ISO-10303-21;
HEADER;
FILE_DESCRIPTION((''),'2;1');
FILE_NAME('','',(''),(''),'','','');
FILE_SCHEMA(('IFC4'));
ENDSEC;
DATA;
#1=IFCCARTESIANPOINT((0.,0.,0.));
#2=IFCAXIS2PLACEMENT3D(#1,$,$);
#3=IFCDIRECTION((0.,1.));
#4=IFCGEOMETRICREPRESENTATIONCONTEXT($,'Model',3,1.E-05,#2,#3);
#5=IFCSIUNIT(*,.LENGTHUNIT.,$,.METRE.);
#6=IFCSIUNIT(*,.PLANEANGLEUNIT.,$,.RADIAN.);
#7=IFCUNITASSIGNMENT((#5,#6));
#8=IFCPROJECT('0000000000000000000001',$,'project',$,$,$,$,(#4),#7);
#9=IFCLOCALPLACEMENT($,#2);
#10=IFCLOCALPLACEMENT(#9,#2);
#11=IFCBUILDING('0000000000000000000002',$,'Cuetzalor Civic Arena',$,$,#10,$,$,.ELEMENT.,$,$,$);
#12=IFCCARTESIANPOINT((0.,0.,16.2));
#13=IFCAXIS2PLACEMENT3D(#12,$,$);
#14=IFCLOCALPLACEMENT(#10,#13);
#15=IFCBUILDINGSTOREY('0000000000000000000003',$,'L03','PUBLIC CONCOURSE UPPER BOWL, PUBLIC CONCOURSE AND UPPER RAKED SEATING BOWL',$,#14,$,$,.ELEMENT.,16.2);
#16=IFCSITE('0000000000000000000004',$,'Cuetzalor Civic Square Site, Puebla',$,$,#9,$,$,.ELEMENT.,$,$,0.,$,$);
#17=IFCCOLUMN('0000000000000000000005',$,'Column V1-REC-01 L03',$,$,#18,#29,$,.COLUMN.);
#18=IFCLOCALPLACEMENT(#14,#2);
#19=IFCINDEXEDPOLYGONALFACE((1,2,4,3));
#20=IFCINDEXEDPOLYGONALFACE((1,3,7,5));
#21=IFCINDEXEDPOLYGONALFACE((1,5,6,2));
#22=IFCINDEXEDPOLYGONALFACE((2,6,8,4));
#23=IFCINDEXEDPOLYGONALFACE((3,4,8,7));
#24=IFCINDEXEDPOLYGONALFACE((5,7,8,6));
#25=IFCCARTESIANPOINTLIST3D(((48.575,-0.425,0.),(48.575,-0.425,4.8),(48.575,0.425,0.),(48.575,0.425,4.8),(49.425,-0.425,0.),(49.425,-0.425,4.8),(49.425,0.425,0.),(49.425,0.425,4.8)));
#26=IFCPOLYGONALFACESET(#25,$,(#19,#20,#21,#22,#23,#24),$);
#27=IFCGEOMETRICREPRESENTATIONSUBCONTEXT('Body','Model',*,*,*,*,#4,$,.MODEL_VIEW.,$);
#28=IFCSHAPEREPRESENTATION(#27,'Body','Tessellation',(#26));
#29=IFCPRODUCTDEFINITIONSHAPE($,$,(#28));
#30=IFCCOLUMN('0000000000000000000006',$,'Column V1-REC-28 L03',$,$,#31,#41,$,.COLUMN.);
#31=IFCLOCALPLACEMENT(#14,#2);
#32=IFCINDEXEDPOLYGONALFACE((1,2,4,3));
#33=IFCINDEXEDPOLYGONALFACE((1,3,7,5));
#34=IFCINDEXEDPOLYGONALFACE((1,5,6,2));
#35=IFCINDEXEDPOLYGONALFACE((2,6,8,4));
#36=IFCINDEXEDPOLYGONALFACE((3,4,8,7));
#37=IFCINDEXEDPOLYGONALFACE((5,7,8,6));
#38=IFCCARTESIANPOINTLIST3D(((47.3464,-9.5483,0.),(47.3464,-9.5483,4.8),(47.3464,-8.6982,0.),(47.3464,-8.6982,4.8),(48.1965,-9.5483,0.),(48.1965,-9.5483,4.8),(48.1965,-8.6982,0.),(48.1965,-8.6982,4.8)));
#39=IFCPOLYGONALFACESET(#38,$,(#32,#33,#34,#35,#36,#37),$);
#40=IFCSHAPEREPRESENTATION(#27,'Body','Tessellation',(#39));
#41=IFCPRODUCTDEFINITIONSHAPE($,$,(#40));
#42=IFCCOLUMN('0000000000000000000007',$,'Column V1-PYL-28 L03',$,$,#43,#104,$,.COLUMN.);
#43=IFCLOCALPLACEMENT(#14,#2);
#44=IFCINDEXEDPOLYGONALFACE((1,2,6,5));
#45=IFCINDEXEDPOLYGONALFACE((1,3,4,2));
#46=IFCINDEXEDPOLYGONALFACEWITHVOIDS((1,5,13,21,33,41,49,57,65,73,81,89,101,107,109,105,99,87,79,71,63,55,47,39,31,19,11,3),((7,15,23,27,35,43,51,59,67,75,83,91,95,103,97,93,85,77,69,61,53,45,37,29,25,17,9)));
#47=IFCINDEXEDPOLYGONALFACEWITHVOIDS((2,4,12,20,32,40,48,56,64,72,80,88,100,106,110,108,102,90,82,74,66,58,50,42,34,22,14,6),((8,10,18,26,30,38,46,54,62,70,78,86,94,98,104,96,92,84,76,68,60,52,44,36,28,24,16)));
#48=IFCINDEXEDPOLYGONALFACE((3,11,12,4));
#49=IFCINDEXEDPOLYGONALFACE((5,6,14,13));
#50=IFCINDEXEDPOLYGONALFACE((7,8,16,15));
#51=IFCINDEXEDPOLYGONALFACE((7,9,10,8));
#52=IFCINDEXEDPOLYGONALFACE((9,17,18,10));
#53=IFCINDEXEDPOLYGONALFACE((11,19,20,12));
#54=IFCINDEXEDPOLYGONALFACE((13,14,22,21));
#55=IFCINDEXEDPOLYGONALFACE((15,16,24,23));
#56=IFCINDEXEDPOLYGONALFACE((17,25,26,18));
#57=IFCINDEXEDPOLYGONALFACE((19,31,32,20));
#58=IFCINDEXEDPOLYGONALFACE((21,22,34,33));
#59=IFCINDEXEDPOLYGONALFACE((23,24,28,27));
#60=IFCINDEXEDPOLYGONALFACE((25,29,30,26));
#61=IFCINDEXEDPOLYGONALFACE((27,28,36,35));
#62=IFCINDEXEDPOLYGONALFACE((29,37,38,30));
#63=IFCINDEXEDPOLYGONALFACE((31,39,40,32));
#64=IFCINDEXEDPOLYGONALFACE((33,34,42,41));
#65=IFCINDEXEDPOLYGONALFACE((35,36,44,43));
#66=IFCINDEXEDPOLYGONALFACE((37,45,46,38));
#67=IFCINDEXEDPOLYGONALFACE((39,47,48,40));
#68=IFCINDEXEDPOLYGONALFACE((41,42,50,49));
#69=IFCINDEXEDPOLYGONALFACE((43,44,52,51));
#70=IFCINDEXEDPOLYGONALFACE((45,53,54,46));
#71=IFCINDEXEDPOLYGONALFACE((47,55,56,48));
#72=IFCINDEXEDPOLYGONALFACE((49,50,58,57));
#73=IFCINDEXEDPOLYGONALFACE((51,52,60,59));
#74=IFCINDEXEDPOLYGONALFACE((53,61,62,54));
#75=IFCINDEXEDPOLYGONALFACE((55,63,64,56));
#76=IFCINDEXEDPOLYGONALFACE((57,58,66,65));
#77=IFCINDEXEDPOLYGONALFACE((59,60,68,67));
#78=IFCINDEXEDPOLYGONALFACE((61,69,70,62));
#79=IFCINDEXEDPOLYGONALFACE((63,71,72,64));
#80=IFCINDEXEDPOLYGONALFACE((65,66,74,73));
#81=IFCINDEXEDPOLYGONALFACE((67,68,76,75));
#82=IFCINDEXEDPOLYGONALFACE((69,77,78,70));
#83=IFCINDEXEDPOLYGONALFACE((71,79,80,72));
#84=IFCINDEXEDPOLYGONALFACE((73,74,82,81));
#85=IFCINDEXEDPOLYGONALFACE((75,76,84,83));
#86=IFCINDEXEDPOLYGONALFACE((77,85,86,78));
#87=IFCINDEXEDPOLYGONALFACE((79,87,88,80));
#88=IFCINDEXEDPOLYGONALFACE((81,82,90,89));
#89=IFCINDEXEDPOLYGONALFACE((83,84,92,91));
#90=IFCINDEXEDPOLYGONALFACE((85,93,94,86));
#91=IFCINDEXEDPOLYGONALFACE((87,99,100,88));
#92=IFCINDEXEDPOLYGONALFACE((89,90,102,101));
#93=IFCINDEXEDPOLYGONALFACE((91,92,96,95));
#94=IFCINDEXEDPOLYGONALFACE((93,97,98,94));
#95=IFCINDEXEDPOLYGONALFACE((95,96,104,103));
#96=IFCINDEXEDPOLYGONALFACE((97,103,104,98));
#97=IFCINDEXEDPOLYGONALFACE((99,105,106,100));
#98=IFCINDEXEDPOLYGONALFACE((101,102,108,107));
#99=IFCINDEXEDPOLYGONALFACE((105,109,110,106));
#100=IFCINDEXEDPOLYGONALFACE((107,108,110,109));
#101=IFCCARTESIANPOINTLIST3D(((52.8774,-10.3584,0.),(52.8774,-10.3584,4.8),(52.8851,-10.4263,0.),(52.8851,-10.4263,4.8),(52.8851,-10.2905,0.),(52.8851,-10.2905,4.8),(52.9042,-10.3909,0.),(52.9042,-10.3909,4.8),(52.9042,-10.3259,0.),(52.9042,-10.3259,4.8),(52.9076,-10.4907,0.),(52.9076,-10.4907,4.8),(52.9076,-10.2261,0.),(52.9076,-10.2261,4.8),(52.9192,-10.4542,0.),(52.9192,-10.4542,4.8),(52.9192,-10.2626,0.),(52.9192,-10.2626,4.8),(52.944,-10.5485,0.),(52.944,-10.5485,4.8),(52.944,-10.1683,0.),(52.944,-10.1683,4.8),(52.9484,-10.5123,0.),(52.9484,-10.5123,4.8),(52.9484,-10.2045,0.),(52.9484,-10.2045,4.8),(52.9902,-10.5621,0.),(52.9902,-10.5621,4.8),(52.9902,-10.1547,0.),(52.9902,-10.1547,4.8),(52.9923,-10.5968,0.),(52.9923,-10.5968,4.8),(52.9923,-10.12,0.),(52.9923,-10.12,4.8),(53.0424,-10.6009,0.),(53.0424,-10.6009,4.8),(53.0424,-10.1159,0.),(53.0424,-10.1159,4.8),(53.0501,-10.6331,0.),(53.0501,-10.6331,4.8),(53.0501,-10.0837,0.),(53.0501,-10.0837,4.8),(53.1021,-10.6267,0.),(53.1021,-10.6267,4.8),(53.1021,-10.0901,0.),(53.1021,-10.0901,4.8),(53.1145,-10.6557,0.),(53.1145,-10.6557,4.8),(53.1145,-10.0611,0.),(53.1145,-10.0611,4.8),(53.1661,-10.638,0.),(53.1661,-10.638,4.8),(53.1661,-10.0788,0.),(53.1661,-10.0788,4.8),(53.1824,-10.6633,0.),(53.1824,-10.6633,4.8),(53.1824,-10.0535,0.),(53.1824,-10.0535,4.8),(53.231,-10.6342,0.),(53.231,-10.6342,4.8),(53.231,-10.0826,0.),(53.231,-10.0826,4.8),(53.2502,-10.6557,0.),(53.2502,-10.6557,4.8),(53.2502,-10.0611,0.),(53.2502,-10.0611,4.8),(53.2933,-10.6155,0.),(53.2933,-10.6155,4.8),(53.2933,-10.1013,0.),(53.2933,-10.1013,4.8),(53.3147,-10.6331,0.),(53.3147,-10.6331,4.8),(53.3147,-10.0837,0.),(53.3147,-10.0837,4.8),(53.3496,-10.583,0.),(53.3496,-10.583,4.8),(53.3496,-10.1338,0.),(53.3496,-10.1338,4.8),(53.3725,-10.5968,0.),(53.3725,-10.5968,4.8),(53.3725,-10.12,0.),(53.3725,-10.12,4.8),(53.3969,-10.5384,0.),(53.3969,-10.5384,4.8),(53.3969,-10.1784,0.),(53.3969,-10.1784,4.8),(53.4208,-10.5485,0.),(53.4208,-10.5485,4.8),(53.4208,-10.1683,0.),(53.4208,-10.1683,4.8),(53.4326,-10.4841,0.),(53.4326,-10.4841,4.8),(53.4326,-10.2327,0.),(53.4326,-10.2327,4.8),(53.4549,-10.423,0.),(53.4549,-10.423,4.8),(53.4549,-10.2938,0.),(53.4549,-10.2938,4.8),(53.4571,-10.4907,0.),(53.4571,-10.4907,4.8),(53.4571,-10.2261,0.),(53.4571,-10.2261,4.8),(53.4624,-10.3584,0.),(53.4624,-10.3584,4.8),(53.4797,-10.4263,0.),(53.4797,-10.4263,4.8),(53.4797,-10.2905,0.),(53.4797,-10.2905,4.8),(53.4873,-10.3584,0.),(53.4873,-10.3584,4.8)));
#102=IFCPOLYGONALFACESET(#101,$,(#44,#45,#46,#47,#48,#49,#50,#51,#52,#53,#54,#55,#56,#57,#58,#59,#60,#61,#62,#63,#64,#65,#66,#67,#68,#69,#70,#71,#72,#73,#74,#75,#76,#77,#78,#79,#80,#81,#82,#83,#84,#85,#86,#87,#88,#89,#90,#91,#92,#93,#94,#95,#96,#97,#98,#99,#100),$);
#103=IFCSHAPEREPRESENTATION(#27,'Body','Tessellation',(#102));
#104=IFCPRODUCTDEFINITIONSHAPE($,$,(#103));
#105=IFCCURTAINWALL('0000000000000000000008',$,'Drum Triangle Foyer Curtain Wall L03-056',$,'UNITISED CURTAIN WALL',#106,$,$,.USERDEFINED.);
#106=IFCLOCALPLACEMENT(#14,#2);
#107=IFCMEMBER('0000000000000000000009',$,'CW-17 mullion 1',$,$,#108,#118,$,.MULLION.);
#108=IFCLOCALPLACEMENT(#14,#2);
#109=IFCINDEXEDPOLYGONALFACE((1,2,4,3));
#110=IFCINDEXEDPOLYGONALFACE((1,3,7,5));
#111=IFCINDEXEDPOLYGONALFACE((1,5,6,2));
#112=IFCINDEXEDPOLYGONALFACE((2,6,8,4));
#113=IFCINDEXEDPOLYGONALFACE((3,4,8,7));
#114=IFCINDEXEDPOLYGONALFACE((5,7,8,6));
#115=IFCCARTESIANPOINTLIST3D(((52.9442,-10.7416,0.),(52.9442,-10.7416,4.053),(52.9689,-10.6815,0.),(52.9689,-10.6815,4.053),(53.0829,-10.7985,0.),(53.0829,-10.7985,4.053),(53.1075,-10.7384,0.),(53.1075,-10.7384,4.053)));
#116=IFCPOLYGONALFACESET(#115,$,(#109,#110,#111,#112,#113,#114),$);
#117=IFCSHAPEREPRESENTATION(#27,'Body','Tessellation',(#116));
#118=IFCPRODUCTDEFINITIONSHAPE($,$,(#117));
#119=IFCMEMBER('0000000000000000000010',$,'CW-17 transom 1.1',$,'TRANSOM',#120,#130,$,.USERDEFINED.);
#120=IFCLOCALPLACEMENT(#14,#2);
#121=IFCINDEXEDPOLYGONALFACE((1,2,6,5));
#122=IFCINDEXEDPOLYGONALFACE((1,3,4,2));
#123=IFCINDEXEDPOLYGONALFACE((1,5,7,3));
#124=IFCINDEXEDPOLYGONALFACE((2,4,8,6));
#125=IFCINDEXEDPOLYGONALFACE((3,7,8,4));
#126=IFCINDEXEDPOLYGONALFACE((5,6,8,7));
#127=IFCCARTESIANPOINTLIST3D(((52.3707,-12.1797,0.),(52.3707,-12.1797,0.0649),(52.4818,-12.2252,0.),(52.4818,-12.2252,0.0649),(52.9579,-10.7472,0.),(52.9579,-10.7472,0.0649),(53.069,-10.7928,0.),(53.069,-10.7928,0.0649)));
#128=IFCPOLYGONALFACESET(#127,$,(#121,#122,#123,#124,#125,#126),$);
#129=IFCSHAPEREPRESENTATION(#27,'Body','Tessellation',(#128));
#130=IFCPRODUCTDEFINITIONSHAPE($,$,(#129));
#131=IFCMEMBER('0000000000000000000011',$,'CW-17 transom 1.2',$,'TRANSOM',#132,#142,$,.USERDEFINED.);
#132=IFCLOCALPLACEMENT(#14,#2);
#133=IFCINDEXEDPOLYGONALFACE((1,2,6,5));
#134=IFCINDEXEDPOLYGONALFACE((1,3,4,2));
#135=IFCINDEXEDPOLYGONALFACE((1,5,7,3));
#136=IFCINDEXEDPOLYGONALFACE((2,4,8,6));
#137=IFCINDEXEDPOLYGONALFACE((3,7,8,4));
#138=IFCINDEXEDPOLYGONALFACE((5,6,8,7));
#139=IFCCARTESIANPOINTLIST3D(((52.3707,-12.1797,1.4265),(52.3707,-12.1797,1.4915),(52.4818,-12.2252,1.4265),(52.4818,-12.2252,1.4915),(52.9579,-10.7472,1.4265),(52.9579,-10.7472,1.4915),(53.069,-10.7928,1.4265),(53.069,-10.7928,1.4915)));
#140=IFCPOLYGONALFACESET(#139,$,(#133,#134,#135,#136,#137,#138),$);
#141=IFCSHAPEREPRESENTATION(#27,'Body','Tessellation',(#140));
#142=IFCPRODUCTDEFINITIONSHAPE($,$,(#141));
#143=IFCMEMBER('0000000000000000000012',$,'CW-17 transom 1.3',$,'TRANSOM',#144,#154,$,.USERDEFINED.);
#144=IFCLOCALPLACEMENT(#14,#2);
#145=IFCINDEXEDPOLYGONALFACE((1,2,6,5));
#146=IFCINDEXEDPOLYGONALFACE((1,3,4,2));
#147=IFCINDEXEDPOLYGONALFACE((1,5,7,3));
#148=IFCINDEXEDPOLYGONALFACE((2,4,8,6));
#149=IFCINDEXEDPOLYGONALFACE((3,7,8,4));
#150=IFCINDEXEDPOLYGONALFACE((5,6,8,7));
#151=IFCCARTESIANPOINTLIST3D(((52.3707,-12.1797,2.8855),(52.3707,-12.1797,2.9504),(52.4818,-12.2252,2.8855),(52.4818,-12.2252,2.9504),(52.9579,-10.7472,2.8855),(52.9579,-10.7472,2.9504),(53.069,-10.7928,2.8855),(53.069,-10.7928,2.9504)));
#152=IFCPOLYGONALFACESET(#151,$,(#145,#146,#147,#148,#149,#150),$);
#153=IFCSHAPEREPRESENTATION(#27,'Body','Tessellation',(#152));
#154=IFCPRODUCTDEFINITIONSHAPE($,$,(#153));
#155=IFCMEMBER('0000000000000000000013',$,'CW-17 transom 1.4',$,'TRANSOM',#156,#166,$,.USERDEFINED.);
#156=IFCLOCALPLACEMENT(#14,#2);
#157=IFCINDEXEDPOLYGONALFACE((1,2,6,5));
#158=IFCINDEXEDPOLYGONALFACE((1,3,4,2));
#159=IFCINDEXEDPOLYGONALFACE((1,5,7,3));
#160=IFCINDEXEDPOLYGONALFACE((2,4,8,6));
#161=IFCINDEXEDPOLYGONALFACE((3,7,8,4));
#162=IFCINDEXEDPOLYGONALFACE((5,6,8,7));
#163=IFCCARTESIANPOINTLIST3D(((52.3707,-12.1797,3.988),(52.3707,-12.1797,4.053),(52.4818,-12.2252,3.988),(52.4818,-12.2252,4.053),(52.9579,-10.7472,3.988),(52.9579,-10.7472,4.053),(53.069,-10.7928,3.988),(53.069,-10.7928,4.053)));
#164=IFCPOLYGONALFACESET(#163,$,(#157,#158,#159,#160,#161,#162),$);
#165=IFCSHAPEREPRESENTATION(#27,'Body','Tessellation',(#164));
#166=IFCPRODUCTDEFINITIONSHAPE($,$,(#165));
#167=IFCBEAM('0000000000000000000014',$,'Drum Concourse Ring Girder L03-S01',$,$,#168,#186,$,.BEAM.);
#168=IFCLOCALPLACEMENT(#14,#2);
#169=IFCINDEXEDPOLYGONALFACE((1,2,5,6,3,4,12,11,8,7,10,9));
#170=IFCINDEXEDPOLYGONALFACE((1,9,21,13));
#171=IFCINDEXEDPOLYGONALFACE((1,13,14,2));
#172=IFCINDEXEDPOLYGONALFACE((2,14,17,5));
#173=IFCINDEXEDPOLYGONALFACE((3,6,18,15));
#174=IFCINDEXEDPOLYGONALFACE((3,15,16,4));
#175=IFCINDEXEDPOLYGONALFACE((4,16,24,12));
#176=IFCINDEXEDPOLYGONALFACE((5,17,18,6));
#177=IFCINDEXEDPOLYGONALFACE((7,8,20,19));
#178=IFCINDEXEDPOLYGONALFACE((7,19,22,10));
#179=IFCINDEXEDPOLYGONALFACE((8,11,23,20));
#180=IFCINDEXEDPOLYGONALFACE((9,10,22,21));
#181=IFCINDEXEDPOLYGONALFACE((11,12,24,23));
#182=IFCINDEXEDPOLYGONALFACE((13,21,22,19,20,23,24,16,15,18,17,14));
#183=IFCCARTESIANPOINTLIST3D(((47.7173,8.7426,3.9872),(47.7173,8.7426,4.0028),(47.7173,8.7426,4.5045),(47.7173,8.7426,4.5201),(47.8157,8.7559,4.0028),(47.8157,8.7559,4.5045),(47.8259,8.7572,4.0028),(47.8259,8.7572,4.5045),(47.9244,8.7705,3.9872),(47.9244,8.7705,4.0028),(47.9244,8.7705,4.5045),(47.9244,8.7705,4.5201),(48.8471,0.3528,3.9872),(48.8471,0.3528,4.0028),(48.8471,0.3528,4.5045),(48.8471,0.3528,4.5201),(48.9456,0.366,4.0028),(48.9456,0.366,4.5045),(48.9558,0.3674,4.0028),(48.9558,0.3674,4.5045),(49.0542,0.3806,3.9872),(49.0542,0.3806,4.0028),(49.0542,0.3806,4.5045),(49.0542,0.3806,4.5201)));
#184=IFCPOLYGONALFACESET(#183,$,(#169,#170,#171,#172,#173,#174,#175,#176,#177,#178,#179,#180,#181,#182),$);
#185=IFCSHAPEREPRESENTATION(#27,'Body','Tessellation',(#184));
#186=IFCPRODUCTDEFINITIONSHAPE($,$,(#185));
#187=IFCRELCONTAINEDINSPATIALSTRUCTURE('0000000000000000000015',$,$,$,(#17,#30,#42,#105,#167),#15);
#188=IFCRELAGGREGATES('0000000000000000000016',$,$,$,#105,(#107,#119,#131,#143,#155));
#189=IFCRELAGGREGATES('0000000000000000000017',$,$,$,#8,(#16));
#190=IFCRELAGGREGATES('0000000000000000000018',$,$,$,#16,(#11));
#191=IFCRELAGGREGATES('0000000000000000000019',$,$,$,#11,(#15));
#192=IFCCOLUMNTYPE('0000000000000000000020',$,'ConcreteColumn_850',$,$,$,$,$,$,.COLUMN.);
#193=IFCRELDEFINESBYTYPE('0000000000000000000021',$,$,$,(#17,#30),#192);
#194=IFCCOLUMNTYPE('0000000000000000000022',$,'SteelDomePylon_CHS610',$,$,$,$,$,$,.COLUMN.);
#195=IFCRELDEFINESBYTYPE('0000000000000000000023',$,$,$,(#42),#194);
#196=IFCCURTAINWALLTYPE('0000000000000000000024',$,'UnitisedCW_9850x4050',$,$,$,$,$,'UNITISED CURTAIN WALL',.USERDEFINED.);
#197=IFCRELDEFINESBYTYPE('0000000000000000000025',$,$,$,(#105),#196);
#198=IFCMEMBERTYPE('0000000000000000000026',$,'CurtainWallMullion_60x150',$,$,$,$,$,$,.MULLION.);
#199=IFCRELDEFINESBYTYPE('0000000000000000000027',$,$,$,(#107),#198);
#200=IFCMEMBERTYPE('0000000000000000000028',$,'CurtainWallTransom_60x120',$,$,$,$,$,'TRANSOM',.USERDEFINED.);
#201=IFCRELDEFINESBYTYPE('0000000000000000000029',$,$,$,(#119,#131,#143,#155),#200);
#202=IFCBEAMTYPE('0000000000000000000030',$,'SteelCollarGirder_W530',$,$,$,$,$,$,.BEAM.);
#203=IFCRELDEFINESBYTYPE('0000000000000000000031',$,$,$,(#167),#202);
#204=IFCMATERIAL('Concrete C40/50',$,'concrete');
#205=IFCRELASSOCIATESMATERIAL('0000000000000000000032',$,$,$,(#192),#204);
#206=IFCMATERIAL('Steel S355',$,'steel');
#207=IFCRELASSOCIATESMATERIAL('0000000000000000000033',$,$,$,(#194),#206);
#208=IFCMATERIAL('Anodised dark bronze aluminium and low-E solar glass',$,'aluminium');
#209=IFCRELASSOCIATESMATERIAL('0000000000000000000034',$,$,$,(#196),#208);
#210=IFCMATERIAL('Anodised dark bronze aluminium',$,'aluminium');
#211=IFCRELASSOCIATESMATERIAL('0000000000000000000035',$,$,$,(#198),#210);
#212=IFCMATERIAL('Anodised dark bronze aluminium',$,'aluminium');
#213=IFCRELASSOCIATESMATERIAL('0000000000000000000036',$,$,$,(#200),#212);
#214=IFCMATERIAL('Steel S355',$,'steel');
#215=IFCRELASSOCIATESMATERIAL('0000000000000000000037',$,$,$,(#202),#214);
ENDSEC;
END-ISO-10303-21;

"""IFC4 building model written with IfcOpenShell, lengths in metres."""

from ifc_helpers import new_model, si_unit, direction, frame, origin, origin_2d, place, context, subcontext, project, spatial, rectangle, hollow_circle, i_section, extrude, material, material_profile, profile_set, type_object, element, aggregate, save


model = new_model("IFC4")

# Units and contexts
model_context = context("Model", 3, precision=1e-05, world=origin(), true_north=direction((0.0, 1.0)))
body_context = subcontext(model_context, "Body", "Model", "MODEL_VIEW")
ifc_project = project(units=[si_unit("LENGTHUNIT", "METRE"), si_unit("PLANEANGLEUNIT", "RADIAN")], contexts=[model_context])

# Site, building, storey
site_placement = place(None, origin())
site = spatial("IfcSite", under=ifc_project, at=site_placement, Name="Cuetzalor Civic Square Site, Puebla", CompositionType="ELEMENT", RefElevation=0.0)
building_placement = place(site_placement, origin())
building = spatial("IfcBuilding", under=site, at=building_placement, Name="Cuetzalor Civic Arena", CompositionType="ELEMENT")
storey_placement = place(building_placement, frame((0.0, 0.0, 16.2)))
storey = spatial("IfcBuildingStorey", under=building, at=storey_placement, Name="L03", Description="PUBLIC CONCOURSE UPPER BOWL, PUBLIC CONCOURSE AND UPPER RAKED SEATING BOWL", CompositionType="ELEMENT", Elevation=16.2)

# Columns
ifc_material_1 = material(Name="Concrete C40/50", Category="concrete")
ifc_material_profile_1 = material_profile(ifc_material_1, rectangle(XDim=0.8501, YDim=0.8501, at=origin_2d()), Name="RC 850x850")
ifc_profile_set_1 = profile_set([ifc_material_profile_1], Name="Concrete C40/50")
column_type_1 = type_object("IfcColumnType", Name="ConcreteColumn_850", PredefinedType="COLUMN", material=ifc_profile_set_1)
for number, where, z_axis, x_axis, name in (
    (1, (49.0, 0.0, 0.0), (0.0, 0.0, 1.0), (1.0, 0.0, 0.0), "Column V1-REC-01 L03"),
    (2, (47.7715, -9.1233, 0.0), (0.0, 0.0, 1.0), (1.0, 0.0, 0.0), "Column V1-REC-28 L03"),
):
    element("IfcColumn", number, at=place(storey_placement, frame(where, z_axis=z_axis, x_axis=x_axis)), inside=storey, type_object=column_type_1, Name=name, PredefinedType="COLUMN", context=body_context, shape_type="SweptSolid", body=[
        extrude(rectangle(XDim=0.8501, YDim=0.8501, at=origin_2d()), origin(), (0.0, 0.0, 1.0), 4.8),
    ])
ifc_material_2 = material(Name="Steel S355", Category="steel")
ifc_material_profile_2 = material_profile(ifc_material_2, hollow_circle(Radius=0.3049, WallThickness=0.0249, at=origin_2d()), Name="CHS 610x25")
ifc_profile_set_2 = profile_set([ifc_material_profile_2], Name="Steel S355")
column_type_2 = type_object("IfcColumnType", Name="SteelDomePylon_CHS610", PredefinedType="COLUMN", material=ifc_profile_set_2)
column_placement = place(storey_placement, frame((53.1824, -10.3584, 0.0), z_axis=(0.0, 0.0, 1.0), x_axis=(1.0, 0.0, 0.0)))
element("IfcColumn", 3, at=column_placement, inside=storey, type_object=column_type_2, Name="Column V1-PYL-28 L03", PredefinedType="COLUMN", context=body_context, shape_type="SweptSolid", body=[
    extrude(hollow_circle(Radius=0.3049, WallThickness=0.0249, at=origin_2d()), origin(), (0.0, 0.0, 1.0), 4.8),
])

# Curtain wall, members
ifc_material_3 = material(Name="Anodised dark bronze aluminium and low-E solar glass", Category="aluminium")
curtain_wall_type = type_object("IfcCurtainWallType", Name="UnitisedCW_9850x4050", ElementType="UNITISED CURTAIN WALL", PredefinedType="USERDEFINED", material=ifc_material_3)
curtain_wall_placement = place(storey_placement, origin())
curtain_wall = element("IfcCurtainWall", 4, at=curtain_wall_placement, inside=storey, type_object=curtain_wall_type, Name="Drum Triangle Foyer Curtain Wall L03-056", ObjectType="UNITISED CURTAIN WALL", PredefinedType="USERDEFINED")
ifc_material_4 = material(Name="Anodised dark bronze aluminium", Category="aluminium")
ifc_material_profile_3 = material_profile(ifc_material_4, rectangle(XDim=0.0649, YDim=0.1499, at=origin_2d()), Name="ALU MULLION 65x150")
ifc_profile_set_3 = profile_set([ifc_material_profile_3], Name="Anodised dark bronze aluminium")
member_type_1 = type_object("IfcMemberType", Name="CurtainWallMullion_60x150", PredefinedType="MULLION", material=ifc_profile_set_3)
member_1_placement = place(storey_placement, frame((53.0259, -10.74, 0.0), z_axis=(0.0, 0.0, 1.0), x_axis=(-0.379391, -0.925236, 0.0)))
member_1 = element("IfcMember", 5, at=member_1_placement, type_object=member_type_1, Name="CW-17 mullion 1", PredefinedType="MULLION", context=body_context, shape_type="SweptSolid", body=[
    extrude(rectangle(XDim=0.0649, YDim=0.1499, at=origin_2d()), origin(), (0.0, 0.0, 1.0), 4.053),
])
ifc_material_5 = material(Name="Anodised dark bronze aluminium", Category="aluminium")
ifc_material_profile_4 = material_profile(ifc_material_5, rectangle(XDim=0.1201, YDim=0.0649, at=origin_2d()), Name="ALU TRANSOM 65x120")
ifc_profile_set_4 = profile_set([ifc_material_profile_4], Name="Anodised dark bronze aluminium")
member_type_2 = type_object("IfcMemberType", Name="CurtainWallTransom_60x120", ElementType="TRANSOM", PredefinedType="USERDEFINED", material=ifc_profile_set_4)
member_2_placement = place(storey_placement, frame((53.0134, -10.77, 0.0325), z_axis=(-0.37929, -0.925278, 0.0), x_axis=(0.925278, -0.37929, 0.0)))
member_2 = element("IfcMember", 6, at=member_2_placement, type_object=member_type_2, Name="CW-17 transom 1.1", ObjectType="TRANSOM", PredefinedType="USERDEFINED", context=body_context, shape_type="SweptSolid", body=[
    extrude(rectangle(XDim=0.1201, YDim=0.0649, at=origin_2d()), origin(), (0.0, 0.0, 1.0), 1.5481),
])
member_3_placement = place(storey_placement, frame((53.0134, -10.77, 1.459), z_axis=(-0.37929, -0.925278, 0.0), x_axis=(0.925278, -0.37929, 0.0)))
member_3 = element("IfcMember", 7, at=member_3_placement, type_object=member_type_2, Name="CW-17 transom 1.2", ObjectType="TRANSOM", PredefinedType="USERDEFINED", context=body_context, shape_type="SweptSolid", body=[
    extrude(rectangle(XDim=0.1201, YDim=0.0649, at=origin_2d()), origin(), (0.0, 0.0, 1.0), 1.5481),
])
member_4_placement = place(storey_placement, frame((53.0134, -10.77, 2.918), z_axis=(-0.37929, -0.925278, 0.0), x_axis=(0.925278, -0.37929, 0.0)))
member_4 = element("IfcMember", 8, at=member_4_placement, type_object=member_type_2, Name="CW-17 transom 1.3", ObjectType="TRANSOM", PredefinedType="USERDEFINED", context=body_context, shape_type="SweptSolid", body=[
    extrude(rectangle(XDim=0.1201, YDim=0.0649, at=origin_2d()), origin(), (0.0, 0.0, 1.0), 1.5481),
])
member_5_placement = place(storey_placement, frame((53.0134, -10.77, 4.0205), z_axis=(-0.37929, -0.925278, 0.0), x_axis=(0.925278, -0.37929, 0.0)))
member_5 = element("IfcMember", 9, at=member_5_placement, type_object=member_type_2, Name="CW-17 transom 1.4", ObjectType="TRANSOM", PredefinedType="USERDEFINED", context=body_context, shape_type="SweptSolid", body=[
    extrude(rectangle(XDim=0.1201, YDim=0.0649, at=origin_2d()), origin(), (0.0, 0.0, 1.0), 1.5481),
])

# Beam
ifc_material_6 = material(Name="Steel S355", Category="steel")
ifc_material_profile_5 = material_profile(ifc_material_6, i_section(OverallWidth=0.209, OverallDepth=0.533, WebThickness=0.0103, FlangeThickness=0.0156, at=origin_2d()), Name="W530x92")
ifc_profile_set_5 = profile_set([ifc_material_profile_5], Name="Steel S355")
beam_type_1 = type_object("IfcBeamType", Name="SteelCollarGirder_W530", PredefinedType="BEAM", material=ifc_profile_set_5)
for number, where, z_axis, x_axis, name in (
    (10, (48.9507, 0.3667, 4.2537), (-0.133467, 0.991053, 0.0), (-0.991053, -0.133467, 0.0), "Drum Concourse Ring Girder L03-S01"),
):
    element("IfcBeam", number, at=place(storey_placement, frame(where, z_axis=z_axis, x_axis=x_axis)), inside=storey, type_object=beam_type_1, Name=name, PredefinedType="BEAM", context=body_context, shape_type="SweptSolid", body=[
        extrude(i_section(OverallWidth=0.209, OverallDepth=0.533, WebThickness=0.0103, FlangeThickness=0.0156, at=origin_2d()), origin(), (0.0, 0.0, 1.0), 8.4656),
    ])

aggregate(curtain_wall, [member_1, member_2, member_3, member_4, member_5])

save(model, "model.ifc")
